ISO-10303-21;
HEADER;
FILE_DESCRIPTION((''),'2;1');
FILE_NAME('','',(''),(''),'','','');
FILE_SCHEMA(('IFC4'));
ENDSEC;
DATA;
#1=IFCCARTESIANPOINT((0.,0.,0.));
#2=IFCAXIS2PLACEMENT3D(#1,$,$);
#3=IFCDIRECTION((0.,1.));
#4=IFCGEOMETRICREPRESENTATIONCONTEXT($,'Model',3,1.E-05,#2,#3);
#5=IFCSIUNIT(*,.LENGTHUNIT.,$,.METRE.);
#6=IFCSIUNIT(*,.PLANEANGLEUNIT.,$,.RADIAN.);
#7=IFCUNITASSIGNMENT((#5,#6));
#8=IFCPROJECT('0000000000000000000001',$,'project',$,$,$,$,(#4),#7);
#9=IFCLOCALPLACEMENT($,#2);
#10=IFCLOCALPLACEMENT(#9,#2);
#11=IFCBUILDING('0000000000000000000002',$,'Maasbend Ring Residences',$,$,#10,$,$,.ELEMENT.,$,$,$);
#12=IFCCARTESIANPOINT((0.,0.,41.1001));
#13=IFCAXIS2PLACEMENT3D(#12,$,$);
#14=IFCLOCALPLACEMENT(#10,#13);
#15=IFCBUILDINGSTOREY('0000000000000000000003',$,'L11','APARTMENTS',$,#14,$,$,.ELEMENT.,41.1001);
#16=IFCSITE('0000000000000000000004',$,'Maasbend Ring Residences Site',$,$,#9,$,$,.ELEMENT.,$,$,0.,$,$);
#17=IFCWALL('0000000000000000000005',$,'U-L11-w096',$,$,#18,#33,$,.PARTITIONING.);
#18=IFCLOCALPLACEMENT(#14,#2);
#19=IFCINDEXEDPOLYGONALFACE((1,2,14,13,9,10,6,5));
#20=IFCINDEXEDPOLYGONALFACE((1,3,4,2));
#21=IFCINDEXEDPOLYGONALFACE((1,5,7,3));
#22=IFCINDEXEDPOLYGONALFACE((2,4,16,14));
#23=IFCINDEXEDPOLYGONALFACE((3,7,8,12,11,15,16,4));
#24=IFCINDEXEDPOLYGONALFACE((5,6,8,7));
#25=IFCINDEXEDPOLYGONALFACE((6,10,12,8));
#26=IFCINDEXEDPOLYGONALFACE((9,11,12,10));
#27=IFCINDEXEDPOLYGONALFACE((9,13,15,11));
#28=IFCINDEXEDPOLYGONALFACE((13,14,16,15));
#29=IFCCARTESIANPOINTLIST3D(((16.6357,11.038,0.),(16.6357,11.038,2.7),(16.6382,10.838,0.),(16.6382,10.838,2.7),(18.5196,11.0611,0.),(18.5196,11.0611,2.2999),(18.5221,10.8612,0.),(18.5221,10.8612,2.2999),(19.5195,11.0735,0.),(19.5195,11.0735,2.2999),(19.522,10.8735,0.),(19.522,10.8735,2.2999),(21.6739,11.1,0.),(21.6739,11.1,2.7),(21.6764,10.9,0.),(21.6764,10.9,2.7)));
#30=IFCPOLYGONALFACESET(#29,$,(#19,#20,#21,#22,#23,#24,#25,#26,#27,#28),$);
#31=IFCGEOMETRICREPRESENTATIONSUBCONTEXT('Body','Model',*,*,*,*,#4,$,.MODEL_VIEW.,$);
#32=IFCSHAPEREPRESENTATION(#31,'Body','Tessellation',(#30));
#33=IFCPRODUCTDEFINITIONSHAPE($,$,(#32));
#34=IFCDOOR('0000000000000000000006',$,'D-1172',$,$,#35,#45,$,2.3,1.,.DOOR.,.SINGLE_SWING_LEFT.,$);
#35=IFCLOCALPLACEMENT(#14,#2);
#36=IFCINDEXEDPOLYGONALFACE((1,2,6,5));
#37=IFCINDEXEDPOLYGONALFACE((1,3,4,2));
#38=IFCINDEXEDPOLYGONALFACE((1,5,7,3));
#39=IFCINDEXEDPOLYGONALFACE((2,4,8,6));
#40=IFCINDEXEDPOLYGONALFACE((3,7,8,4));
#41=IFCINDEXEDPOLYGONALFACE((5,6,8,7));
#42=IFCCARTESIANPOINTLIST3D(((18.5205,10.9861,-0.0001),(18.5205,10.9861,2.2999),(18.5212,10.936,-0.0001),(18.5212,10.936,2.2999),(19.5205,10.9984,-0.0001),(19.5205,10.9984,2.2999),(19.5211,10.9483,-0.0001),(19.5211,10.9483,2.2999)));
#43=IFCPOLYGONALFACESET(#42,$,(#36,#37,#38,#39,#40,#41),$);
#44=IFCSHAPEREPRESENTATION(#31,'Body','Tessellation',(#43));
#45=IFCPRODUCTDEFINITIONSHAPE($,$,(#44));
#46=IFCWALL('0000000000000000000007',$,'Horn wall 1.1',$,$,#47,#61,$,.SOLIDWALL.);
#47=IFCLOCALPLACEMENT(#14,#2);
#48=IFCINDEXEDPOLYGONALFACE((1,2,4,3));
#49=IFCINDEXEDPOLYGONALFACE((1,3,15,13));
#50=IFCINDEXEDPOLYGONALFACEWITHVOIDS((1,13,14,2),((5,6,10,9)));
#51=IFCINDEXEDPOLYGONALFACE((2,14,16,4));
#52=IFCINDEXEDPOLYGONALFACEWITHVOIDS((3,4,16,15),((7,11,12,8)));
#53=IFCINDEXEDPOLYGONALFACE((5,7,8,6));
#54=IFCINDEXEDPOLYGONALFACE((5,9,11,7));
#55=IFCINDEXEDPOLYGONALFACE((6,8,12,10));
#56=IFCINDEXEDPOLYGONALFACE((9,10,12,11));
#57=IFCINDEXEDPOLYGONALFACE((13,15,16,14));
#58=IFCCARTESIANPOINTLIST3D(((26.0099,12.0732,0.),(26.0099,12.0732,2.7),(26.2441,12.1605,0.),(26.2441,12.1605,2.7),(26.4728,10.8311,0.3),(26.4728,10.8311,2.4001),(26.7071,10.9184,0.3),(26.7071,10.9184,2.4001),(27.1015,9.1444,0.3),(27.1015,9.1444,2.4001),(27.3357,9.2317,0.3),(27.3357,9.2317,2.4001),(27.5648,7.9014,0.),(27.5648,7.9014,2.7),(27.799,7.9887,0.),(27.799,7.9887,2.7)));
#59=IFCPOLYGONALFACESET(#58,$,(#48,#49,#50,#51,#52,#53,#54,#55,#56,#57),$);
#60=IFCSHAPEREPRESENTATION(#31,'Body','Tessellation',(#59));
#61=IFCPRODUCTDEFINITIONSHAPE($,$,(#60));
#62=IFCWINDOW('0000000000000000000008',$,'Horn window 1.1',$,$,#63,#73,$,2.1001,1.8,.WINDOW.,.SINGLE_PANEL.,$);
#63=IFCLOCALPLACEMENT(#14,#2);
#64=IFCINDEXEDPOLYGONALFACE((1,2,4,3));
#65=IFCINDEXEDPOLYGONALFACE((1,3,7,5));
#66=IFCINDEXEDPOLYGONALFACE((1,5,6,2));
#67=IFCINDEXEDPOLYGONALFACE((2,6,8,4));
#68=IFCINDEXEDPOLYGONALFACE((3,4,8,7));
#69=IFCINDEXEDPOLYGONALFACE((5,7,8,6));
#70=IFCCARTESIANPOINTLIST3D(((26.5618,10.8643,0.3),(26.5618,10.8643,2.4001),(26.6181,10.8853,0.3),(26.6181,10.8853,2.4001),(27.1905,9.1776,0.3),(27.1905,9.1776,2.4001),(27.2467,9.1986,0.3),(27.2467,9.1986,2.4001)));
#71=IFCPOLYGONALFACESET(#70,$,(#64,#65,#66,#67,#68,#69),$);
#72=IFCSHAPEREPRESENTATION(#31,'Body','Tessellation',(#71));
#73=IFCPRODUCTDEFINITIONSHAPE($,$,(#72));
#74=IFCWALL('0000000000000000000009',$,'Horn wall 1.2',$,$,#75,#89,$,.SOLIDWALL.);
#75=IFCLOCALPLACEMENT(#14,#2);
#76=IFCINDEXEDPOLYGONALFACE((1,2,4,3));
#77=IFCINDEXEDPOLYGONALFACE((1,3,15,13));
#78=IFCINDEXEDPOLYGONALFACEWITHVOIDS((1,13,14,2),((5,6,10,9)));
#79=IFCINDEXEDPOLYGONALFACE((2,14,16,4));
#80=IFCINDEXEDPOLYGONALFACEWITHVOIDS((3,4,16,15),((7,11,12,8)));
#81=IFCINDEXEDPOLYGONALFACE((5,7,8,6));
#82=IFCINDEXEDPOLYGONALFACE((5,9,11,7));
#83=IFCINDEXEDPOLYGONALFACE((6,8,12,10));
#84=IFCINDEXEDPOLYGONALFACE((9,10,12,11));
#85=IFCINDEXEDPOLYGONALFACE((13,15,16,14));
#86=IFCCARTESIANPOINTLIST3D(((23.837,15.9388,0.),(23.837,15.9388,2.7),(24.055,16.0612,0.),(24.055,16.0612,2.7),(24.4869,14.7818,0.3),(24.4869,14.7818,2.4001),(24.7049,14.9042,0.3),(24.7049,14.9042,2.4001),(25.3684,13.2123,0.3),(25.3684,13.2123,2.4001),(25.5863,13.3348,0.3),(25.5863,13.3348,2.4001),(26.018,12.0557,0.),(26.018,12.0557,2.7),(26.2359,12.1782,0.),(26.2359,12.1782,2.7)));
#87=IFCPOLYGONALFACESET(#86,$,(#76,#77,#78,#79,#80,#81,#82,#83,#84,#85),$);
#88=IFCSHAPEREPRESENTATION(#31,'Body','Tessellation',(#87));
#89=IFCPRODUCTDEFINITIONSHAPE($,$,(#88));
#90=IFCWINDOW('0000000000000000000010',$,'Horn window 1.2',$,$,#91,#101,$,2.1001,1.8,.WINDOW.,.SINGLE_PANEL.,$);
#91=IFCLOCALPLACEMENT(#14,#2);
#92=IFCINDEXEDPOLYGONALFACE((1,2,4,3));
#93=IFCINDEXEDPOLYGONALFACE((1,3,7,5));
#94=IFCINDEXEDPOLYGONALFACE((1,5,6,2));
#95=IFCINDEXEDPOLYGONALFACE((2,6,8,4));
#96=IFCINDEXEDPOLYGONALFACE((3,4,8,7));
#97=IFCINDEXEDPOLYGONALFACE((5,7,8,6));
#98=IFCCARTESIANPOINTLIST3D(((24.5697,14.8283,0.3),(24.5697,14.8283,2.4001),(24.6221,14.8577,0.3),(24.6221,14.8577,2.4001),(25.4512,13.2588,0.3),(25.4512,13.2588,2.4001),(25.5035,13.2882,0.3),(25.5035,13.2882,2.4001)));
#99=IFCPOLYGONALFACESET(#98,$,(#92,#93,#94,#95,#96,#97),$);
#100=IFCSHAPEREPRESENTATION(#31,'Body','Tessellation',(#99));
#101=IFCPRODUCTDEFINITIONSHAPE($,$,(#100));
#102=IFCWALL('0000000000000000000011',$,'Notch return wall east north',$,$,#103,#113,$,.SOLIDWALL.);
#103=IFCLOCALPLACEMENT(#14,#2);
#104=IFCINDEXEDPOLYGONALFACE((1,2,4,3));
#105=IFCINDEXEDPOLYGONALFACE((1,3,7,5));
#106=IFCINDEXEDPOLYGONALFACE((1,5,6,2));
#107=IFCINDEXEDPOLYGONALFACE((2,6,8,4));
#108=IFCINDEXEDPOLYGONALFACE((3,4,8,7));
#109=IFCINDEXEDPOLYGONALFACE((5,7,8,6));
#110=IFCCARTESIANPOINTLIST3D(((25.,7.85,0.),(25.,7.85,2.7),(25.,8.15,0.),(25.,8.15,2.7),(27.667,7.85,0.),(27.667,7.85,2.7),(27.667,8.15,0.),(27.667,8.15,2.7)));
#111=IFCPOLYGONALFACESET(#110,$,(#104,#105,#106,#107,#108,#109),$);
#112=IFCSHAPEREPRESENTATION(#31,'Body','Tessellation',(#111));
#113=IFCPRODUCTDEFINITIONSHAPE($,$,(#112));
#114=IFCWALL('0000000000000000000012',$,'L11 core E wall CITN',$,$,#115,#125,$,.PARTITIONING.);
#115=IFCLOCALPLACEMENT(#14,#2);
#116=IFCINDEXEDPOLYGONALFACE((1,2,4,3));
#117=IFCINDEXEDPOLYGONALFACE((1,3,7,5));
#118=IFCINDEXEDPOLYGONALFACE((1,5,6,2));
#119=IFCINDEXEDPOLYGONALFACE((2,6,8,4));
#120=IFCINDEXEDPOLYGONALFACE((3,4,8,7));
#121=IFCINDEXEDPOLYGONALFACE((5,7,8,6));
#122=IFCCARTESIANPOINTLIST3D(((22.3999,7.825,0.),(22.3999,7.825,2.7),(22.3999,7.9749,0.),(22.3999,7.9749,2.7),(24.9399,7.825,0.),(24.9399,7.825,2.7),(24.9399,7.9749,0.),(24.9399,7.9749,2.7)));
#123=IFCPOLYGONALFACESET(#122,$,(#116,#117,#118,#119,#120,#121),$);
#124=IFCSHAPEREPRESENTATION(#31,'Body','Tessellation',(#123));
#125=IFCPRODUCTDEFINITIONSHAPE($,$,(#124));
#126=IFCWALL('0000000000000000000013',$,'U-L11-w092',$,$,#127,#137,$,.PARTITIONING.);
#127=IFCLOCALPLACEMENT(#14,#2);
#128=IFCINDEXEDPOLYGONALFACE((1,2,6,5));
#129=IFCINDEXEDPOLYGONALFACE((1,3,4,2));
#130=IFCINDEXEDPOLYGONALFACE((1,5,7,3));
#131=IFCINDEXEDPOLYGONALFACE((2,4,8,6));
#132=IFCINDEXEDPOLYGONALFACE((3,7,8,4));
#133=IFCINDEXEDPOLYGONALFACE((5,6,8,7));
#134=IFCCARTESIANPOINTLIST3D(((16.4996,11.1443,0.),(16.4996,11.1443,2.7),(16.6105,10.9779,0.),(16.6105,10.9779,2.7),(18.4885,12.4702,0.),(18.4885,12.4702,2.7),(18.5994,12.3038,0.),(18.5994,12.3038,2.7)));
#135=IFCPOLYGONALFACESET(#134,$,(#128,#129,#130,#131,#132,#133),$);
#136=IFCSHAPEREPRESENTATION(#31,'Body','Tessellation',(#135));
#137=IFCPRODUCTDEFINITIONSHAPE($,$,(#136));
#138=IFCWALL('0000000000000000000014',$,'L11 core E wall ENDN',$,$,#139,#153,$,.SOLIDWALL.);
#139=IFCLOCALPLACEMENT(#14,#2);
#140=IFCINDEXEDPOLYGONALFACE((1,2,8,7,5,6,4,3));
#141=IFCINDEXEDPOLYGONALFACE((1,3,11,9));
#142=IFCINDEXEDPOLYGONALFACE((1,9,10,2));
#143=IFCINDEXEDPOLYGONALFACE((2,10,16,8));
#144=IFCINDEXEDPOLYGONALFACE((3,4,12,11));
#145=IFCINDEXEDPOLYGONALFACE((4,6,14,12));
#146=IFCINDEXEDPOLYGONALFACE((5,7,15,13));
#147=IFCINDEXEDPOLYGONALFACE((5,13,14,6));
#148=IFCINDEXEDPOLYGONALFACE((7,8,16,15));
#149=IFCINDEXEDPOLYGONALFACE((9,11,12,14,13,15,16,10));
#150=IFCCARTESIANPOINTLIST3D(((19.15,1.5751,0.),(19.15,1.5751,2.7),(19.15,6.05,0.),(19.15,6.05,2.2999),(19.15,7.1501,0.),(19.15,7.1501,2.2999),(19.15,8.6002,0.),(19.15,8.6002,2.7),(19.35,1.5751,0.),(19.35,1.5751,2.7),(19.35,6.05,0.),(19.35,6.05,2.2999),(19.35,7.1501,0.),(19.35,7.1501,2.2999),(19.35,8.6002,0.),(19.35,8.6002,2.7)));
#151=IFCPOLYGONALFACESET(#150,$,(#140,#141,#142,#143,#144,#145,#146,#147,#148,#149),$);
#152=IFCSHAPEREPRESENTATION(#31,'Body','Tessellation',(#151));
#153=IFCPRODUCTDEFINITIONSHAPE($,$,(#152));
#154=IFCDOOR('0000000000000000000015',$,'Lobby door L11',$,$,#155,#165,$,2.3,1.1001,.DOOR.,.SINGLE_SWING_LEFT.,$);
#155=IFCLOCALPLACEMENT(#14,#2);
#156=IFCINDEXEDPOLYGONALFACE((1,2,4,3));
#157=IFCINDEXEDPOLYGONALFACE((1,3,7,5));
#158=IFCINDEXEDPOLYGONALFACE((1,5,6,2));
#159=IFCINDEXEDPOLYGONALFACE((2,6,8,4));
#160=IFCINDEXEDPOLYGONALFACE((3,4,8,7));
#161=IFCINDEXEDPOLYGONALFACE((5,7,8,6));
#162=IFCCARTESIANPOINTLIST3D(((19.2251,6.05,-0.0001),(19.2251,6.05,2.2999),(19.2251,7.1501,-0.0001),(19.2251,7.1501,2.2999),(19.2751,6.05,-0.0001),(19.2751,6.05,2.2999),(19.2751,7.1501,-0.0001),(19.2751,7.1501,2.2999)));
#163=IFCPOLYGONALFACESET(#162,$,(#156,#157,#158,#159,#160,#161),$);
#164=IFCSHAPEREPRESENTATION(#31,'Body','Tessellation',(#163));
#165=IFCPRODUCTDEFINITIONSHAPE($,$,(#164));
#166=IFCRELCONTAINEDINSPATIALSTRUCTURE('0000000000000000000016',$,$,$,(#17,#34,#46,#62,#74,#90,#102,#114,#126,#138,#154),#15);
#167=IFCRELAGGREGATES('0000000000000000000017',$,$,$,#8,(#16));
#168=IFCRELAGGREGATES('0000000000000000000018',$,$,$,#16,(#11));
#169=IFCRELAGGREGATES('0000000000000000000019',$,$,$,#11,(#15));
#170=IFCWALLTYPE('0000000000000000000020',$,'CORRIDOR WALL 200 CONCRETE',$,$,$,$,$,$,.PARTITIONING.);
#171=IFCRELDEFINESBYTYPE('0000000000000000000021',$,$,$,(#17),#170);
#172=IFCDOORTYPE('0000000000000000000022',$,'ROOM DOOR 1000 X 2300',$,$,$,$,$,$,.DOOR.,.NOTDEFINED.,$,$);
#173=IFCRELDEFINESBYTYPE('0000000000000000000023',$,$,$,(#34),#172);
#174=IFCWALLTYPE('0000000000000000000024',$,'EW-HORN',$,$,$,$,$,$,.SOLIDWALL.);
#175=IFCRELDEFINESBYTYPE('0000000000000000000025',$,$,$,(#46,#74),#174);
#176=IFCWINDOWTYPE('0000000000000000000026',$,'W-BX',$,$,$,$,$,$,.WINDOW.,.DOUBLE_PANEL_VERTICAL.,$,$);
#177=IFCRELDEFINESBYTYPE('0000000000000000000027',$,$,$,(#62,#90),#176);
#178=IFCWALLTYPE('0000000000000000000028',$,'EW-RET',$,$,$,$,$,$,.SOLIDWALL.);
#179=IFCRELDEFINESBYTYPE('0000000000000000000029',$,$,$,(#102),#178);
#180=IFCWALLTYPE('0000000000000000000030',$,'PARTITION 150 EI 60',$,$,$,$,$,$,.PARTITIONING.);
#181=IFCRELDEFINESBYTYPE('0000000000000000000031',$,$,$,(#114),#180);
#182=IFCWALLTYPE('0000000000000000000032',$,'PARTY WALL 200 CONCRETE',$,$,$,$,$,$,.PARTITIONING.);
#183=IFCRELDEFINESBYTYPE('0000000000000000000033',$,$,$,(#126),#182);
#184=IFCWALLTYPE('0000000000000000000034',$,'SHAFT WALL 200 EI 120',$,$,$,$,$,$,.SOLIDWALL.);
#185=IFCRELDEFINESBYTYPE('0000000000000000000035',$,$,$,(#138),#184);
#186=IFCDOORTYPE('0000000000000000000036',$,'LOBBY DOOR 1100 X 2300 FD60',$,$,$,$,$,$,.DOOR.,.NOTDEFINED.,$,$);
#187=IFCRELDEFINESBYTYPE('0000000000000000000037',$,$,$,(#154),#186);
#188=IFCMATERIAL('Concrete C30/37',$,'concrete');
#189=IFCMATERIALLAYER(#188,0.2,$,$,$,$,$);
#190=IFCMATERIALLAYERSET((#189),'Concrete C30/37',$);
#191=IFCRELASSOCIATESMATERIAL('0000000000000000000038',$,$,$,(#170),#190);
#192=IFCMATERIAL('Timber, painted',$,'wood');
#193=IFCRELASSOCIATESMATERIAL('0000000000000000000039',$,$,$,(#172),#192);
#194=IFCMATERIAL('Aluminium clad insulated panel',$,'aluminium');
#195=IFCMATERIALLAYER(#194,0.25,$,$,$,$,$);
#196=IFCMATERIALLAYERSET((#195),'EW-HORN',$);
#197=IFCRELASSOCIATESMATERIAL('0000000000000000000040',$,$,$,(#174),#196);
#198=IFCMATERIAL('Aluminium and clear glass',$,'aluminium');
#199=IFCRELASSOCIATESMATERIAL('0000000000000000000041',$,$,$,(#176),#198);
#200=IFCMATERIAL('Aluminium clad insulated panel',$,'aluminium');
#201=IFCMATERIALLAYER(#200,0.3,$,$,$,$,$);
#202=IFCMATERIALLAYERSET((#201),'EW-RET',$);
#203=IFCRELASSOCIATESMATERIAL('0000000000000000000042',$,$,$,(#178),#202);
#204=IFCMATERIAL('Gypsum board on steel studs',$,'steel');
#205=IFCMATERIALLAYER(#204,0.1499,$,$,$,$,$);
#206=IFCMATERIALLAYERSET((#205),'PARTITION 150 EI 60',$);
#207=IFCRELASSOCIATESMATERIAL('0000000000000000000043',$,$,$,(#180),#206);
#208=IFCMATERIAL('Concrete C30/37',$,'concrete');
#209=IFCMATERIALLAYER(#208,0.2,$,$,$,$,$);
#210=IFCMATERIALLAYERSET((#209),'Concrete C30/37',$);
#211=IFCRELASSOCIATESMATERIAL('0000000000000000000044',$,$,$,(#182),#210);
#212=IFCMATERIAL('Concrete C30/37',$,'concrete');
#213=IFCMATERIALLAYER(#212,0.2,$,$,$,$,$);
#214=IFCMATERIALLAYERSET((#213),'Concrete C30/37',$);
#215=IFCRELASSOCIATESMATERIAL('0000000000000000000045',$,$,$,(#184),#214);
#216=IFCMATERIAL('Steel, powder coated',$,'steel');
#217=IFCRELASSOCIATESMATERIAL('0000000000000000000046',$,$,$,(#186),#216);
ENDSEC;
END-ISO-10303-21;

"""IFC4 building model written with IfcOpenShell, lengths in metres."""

from ifc_helpers import new_model, si_unit, direction, frame, frame_2d, origin, place, context, subcontext, project, spatial, rectangle, extrude, material, layer, layer_set, type_object, element, fill, save


model = new_model("IFC4")

# Units and contexts
model_context = context("Model", 3, precision=1e-05, world=origin(), true_north=direction((0.0, 1.0)))
body_context = subcontext(model_context, "Body", "Model", "MODEL_VIEW")
ifc_project = project(units=[si_unit("LENGTHUNIT", "METRE"), si_unit("PLANEANGLEUNIT", "RADIAN")], contexts=[model_context])

# Site, building, storey
site_placement = place(None, origin())
site = spatial("IfcSite", under=ifc_project, at=site_placement, Name="Maasbend Ring Residences Site", CompositionType="ELEMENT", RefElevation=0.0)
building_placement = place(site_placement, origin())
building = spatial("IfcBuilding", under=site, at=building_placement, Name="Maasbend Ring Residences", CompositionType="ELEMENT")
storey_placement = place(building_placement, frame((0.0, 0.0, 41.1001)))
storey = spatial("IfcBuildingStorey", under=building, at=storey_placement, Name="L11", Description="APARTMENTS", CompositionType="ELEMENT", Elevation=41.1001)

# Shared definitions
ifc_material_1 = material(Name="Concrete C30/37", Category="concrete")
ifc_layer_1 = layer(ifc_material_1, 0.2)
ifc_layer_set_1 = layer_set([ifc_layer_1], Name="Concrete C30/37")
wall_type_1 = type_object("IfcWallType", Name="CORRIDOR WALL 200 CONCRETE", PredefinedType="PARTITIONING", material=ifc_layer_set_1)

# Wall, opening, door
wall_1_placement = place(storey_placement, frame((16.637, 10.938, 0.0), z_axis=(0.0, 0.0, 1.0), x_axis=(0.999924, 0.012308, 0.0)))
wall_1 = element("IfcWall", 1, at=wall_1_placement, inside=storey, type_object=wall_type_1, Name="U-L11-w096", PredefinedType="PARTITIONING", context=body_context, shape_type="SweptSolid", body=[
    extrude(rectangle(XDim=5.0386, YDim=0.2, at=frame_2d((2.5193, 0.0))), origin(), (0.0, 0.0, 1.0), 2.7),
])
opening_1_placement = place(wall_1_placement, frame((1.884, 0.0, 0.0)))
opening_1 = element("IfcOpeningElement", 2, at=opening_1_placement, cuts=wall_1, PredefinedType="OPENING", context=body_context, shape_type="SweptSolid", body=[
    extrude(rectangle(XDim=1.0, YDim=2.3, at=frame_2d((0.5, 1.1499))), frame((0.0, 0.1099, 0.0), z_axis=(0.0, -1.0, 0.0), x_axis=(1.0, 0.0, 0.0)), (0.0, 0.0, 1.0), 0.22),
])
ifc_material_2 = material(Name="Timber, painted", Category="wood")
door_type_1 = type_object("IfcDoorType", Name="ROOM DOOR 1000 X 2300", OperationType="NOTDEFINED", PredefinedType="DOOR", material=ifc_material_2)
door_1_placement = place(opening_1_placement, origin())
door_1 = element("IfcDoor", 3, at=door_1_placement, inside=storey, type_object=door_type_1, Name="D-1172", OperationType="SINGLE_SWING_LEFT", OverallHeight=2.3, OverallWidth=1.0, PredefinedType="DOOR", context=body_context, shape_type="SweptSolid", body=[
    extrude(rectangle(XDim=1.0, YDim=2.3, at=frame_2d((0.5, 1.1499))), frame((0.0, 0.0249, 0.0), z_axis=(0.0, -1.0, 0.0), x_axis=(1.0, 0.0, 0.0)), (0.0, 0.0, 1.0), 0.05),
])
fill(opening_1, door_1)

# Walls, openings, windows
ifc_material_3 = material(Name="Aluminium clad insulated panel", Category="aluminium")
ifc_layer_2 = layer(ifc_material_3, 0.25)
ifc_layer_set_2 = layer_set([ifc_layer_2], Name="EW-HORN")
wall_type_2 = type_object("IfcWallType", Name="EW-HORN", PredefinedType="SOLIDWALL", material=ifc_layer_set_2)
wall_2_placement = place(storey_placement, frame((27.6819, 7.9451, 0.0), z_axis=(0.0, 0.0, 1.0), x_axis=(-0.349248, 0.93703, 0.0)))
wall_2 = element("IfcWall", 4, at=wall_2_placement, inside=storey, type_object=wall_type_2, Name="Horn wall 1.1", PredefinedType="SOLIDWALL", context=body_context, shape_type="SweptSolid", body=[
    extrude(rectangle(XDim=4.4521, YDim=0.25, at=frame_2d((2.2261, 0.0))), origin(), (0.0, 0.0, 1.0), 2.7),
])
opening_2_placement = place(wall_2_placement, frame((1.3267, 0.0, 0.3)))
opening_2 = element("IfcOpeningElement", 5, at=opening_2_placement, cuts=wall_2, PredefinedType="OPENING", context=body_context, shape_type="SweptSolid", body=[
    extrude(rectangle(XDim=1.8, YDim=2.1001, at=frame_2d((0.8999, 1.05))), frame((0.0, 0.135, 0.0), z_axis=(0.0, -1.0, 0.0), x_axis=(1.0, 0.0, 0.0)), (0.0, 0.0, 1.0), 0.27),
])
ifc_material_4 = material(Name="Aluminium and clear glass", Category="aluminium")
window_type = type_object("IfcWindowType", Name="W-BX", PartitioningType="DOUBLE_PANEL_VERTICAL", PredefinedType="WINDOW", material=ifc_material_4)
window_1_placement = place(opening_2_placement, origin())
window_1 = element("IfcWindow", 6, at=window_1_placement, inside=storey, type_object=window_type, Name="Horn window 1.1", OverallHeight=2.1001, OverallWidth=1.8, PartitioningType="SINGLE_PANEL", PredefinedType="WINDOW", context=body_context, shape_type="SweptSolid", body=[
    extrude(rectangle(XDim=1.8, YDim=2.1001, at=frame_2d((0.8999, 1.05))), frame((0.0, 0.03, 0.0), z_axis=(0.0, -1.0, 0.0), x_axis=(1.0, 0.0, 0.0)), (0.0, 0.0, 1.0), 0.0601),
])
fill(opening_2, window_1)
wall_3_placement = place(storey_placement, frame((26.127, 12.1169, 0.0), z_axis=(0.0, 0.0, 1.0), x_axis=(-0.489696, 0.871893, 0.0)))
wall_3 = element("IfcWall", 7, at=wall_3_placement, inside=storey, type_object=wall_type_2, Name="Horn wall 1.2", PredefinedType="SOLIDWALL", context=body_context, shape_type="SweptSolid", body=[
    extrude(rectangle(XDim=4.4536, YDim=0.25, at=frame_2d((2.2268, 0.0))), origin(), (0.0, 0.0, 1.0), 2.7),
])
opening_3_placement = place(wall_3_placement, frame((1.3267, 0.0, 0.3)))
opening_3 = element("IfcOpeningElement", 8, at=opening_3_placement, cuts=wall_3, PredefinedType="OPENING", context=body_context, shape_type="SweptSolid", body=[
    extrude(rectangle(XDim=1.8, YDim=2.1001, at=frame_2d((0.8999, 1.05))), frame((0.0, 0.135, 0.0), z_axis=(0.0, -1.0, 0.0), x_axis=(1.0, 0.0, 0.0)), (0.0, 0.0, 1.0), 0.27),
])
window_2_placement = place(opening_3_placement, origin())
window_2 = element("IfcWindow", 9, at=window_2_placement, inside=storey, type_object=window_type, Name="Horn window 1.2", OverallHeight=2.1001, OverallWidth=1.8, PartitioningType="SINGLE_PANEL", PredefinedType="WINDOW", context=body_context, shape_type="SweptSolid", body=[
    extrude(rectangle(XDim=1.8, YDim=2.1001, at=frame_2d((0.8999, 1.05))), frame((0.0, 0.03, 0.0), z_axis=(0.0, -1.0, 0.0), x_axis=(1.0, 0.0, 0.0)), (0.0, 0.0, 1.0), 0.0601),
])
fill(opening_3, window_2)

# Walls
ifc_material_5 = material(Name="Aluminium clad insulated panel", Category="aluminium")
ifc_layer_3 = layer(ifc_material_5, 0.3)
ifc_layer_set_3 = layer_set([ifc_layer_3], Name="EW-RET")
wall_type_3 = type_object("IfcWallType", Name="EW-RET", PredefinedType="SOLIDWALL", material=ifc_layer_set_3)
wall_4_placement = place(storey_placement, frame((25.0, 8.0, 0.0), z_axis=(0.0, 0.0, 1.0), x_axis=(1.0, 0.0, 0.0)))
element("IfcWall", 10, at=wall_4_placement, inside=storey, type_object=wall_type_3, Name="Notch return wall east north", PredefinedType="SOLIDWALL", context=body_context, shape_type="SweptSolid", body=[
    extrude(rectangle(XDim=2.667, YDim=0.3, at=frame_2d((1.3335, 0.0))), origin(), (0.0, 0.0, 1.0), 2.7),
])
ifc_material_6 = material(Name="Gypsum board on steel studs", Category="steel")
ifc_layer_4 = layer(ifc_material_6, 0.1499)
ifc_layer_set_4 = layer_set([ifc_layer_4], Name="PARTITION 150 EI 60")
wall_type_4 = type_object("IfcWallType", Name="PARTITION 150 EI 60", PredefinedType="PARTITIONING", material=ifc_layer_set_4)
wall_5_placement = place(storey_placement, frame((22.3999, 7.8999, 0.0), z_axis=(0.0, 0.0, 1.0), x_axis=(1.0, 0.0, 0.0)))
element("IfcWall", 11, at=wall_5_placement, inside=storey, type_object=wall_type_4, Name="L11 core E wall CITN", PredefinedType="PARTITIONING", context=body_context, shape_type="SweptSolid", body=[
    extrude(rectangle(XDim=2.54, YDim=0.1499, at=frame_2d((1.27, 0.0))), origin(), (0.0, 0.0, 1.0), 2.7),
])
ifc_material_7 = material(Name="Concrete C30/37", Category="concrete")
ifc_layer_5 = layer(ifc_material_7, 0.2)
ifc_layer_set_5 = layer_set([ifc_layer_5], Name="Concrete C30/37")
wall_type_5 = type_object("IfcWallType", Name="PARTY WALL 200 CONCRETE", PredefinedType="PARTITIONING", material=ifc_layer_set_5)
wall_6_placement = place(storey_placement, frame((16.5549, 11.061, 0.0), z_axis=(0.0, 0.0, 1.0), x_axis=(0.832066, 0.554677, 0.0)))
element("IfcWall", 12, at=wall_6_placement, inside=storey, type_object=wall_type_5, Name="U-L11-w092", PredefinedType="PARTITIONING", context=body_context, shape_type="SweptSolid", body=[
    extrude(rectangle(XDim=2.3904, YDim=0.2, at=frame_2d((1.1953, 0.0))), origin(), (0.0, 0.0, 1.0), 2.7),
])

# Wall, opening, door
ifc_material_8 = material(Name="Concrete C30/37", Category="concrete")
ifc_layer_6 = layer(ifc_material_8, 0.2)
ifc_layer_set_6 = layer_set([ifc_layer_6], Name="Concrete C30/37")
wall_type_6 = type_object("IfcWallType", Name="SHAFT WALL 200 EI 120", PredefinedType="SOLIDWALL", material=ifc_layer_set_6)
wall_7_placement = place(storey_placement, frame((19.25, 1.575, 0.0), z_axis=(0.0, 0.0, 1.0), x_axis=(0.0, 1.0, 0.0)))
wall_7 = element("IfcWall", 13, at=wall_7_placement, inside=storey, type_object=wall_type_6, Name="L11 core E wall ENDN", PredefinedType="SOLIDWALL", context=body_context, shape_type="SweptSolid", body=[
    extrude(rectangle(XDim=7.0251, YDim=0.2, at=frame_2d((3.5127, 0.0))), origin(), (0.0, 0.0, 1.0), 2.7),
])
opening_4_placement = place(wall_7_placement, frame((4.4751, 0.0, 0.0)))
opening_4 = element("IfcOpeningElement", 14, at=opening_4_placement, cuts=wall_7, PredefinedType="OPENING", context=body_context, shape_type="SweptSolid", body=[
    extrude(rectangle(XDim=1.1001, YDim=2.3, at=frame_2d((0.55, 1.1499))), frame((0.0, 0.1099, 0.0), z_axis=(0.0, -1.0, 0.0), x_axis=(1.0, 0.0, 0.0)), (0.0, 0.0, 1.0), 0.22),
])
ifc_material_9 = material(Name="Steel, powder coated", Category="steel")
door_type_2 = type_object("IfcDoorType", Name="LOBBY DOOR 1100 X 2300 FD60", OperationType="NOTDEFINED", PredefinedType="DOOR", material=ifc_material_9)
door_2_placement = place(opening_4_placement, origin())
door_2 = element("IfcDoor", 15, at=door_2_placement, inside=storey, type_object=door_type_2, Name="Lobby door L11", OperationType="SINGLE_SWING_LEFT", OverallHeight=2.3, OverallWidth=1.1001, PredefinedType="DOOR", context=body_context, shape_type="SweptSolid", body=[
    extrude(rectangle(XDim=1.1001, YDim=2.3, at=frame_2d((0.55, 1.1499))), frame((0.0, 0.0249, 0.0), z_axis=(0.0, -1.0, 0.0), x_axis=(1.0, 0.0, 0.0)), (0.0, 0.0, 1.0), 0.05),
])
fill(opening_4, door_2)

save(model, "model.ifc")
